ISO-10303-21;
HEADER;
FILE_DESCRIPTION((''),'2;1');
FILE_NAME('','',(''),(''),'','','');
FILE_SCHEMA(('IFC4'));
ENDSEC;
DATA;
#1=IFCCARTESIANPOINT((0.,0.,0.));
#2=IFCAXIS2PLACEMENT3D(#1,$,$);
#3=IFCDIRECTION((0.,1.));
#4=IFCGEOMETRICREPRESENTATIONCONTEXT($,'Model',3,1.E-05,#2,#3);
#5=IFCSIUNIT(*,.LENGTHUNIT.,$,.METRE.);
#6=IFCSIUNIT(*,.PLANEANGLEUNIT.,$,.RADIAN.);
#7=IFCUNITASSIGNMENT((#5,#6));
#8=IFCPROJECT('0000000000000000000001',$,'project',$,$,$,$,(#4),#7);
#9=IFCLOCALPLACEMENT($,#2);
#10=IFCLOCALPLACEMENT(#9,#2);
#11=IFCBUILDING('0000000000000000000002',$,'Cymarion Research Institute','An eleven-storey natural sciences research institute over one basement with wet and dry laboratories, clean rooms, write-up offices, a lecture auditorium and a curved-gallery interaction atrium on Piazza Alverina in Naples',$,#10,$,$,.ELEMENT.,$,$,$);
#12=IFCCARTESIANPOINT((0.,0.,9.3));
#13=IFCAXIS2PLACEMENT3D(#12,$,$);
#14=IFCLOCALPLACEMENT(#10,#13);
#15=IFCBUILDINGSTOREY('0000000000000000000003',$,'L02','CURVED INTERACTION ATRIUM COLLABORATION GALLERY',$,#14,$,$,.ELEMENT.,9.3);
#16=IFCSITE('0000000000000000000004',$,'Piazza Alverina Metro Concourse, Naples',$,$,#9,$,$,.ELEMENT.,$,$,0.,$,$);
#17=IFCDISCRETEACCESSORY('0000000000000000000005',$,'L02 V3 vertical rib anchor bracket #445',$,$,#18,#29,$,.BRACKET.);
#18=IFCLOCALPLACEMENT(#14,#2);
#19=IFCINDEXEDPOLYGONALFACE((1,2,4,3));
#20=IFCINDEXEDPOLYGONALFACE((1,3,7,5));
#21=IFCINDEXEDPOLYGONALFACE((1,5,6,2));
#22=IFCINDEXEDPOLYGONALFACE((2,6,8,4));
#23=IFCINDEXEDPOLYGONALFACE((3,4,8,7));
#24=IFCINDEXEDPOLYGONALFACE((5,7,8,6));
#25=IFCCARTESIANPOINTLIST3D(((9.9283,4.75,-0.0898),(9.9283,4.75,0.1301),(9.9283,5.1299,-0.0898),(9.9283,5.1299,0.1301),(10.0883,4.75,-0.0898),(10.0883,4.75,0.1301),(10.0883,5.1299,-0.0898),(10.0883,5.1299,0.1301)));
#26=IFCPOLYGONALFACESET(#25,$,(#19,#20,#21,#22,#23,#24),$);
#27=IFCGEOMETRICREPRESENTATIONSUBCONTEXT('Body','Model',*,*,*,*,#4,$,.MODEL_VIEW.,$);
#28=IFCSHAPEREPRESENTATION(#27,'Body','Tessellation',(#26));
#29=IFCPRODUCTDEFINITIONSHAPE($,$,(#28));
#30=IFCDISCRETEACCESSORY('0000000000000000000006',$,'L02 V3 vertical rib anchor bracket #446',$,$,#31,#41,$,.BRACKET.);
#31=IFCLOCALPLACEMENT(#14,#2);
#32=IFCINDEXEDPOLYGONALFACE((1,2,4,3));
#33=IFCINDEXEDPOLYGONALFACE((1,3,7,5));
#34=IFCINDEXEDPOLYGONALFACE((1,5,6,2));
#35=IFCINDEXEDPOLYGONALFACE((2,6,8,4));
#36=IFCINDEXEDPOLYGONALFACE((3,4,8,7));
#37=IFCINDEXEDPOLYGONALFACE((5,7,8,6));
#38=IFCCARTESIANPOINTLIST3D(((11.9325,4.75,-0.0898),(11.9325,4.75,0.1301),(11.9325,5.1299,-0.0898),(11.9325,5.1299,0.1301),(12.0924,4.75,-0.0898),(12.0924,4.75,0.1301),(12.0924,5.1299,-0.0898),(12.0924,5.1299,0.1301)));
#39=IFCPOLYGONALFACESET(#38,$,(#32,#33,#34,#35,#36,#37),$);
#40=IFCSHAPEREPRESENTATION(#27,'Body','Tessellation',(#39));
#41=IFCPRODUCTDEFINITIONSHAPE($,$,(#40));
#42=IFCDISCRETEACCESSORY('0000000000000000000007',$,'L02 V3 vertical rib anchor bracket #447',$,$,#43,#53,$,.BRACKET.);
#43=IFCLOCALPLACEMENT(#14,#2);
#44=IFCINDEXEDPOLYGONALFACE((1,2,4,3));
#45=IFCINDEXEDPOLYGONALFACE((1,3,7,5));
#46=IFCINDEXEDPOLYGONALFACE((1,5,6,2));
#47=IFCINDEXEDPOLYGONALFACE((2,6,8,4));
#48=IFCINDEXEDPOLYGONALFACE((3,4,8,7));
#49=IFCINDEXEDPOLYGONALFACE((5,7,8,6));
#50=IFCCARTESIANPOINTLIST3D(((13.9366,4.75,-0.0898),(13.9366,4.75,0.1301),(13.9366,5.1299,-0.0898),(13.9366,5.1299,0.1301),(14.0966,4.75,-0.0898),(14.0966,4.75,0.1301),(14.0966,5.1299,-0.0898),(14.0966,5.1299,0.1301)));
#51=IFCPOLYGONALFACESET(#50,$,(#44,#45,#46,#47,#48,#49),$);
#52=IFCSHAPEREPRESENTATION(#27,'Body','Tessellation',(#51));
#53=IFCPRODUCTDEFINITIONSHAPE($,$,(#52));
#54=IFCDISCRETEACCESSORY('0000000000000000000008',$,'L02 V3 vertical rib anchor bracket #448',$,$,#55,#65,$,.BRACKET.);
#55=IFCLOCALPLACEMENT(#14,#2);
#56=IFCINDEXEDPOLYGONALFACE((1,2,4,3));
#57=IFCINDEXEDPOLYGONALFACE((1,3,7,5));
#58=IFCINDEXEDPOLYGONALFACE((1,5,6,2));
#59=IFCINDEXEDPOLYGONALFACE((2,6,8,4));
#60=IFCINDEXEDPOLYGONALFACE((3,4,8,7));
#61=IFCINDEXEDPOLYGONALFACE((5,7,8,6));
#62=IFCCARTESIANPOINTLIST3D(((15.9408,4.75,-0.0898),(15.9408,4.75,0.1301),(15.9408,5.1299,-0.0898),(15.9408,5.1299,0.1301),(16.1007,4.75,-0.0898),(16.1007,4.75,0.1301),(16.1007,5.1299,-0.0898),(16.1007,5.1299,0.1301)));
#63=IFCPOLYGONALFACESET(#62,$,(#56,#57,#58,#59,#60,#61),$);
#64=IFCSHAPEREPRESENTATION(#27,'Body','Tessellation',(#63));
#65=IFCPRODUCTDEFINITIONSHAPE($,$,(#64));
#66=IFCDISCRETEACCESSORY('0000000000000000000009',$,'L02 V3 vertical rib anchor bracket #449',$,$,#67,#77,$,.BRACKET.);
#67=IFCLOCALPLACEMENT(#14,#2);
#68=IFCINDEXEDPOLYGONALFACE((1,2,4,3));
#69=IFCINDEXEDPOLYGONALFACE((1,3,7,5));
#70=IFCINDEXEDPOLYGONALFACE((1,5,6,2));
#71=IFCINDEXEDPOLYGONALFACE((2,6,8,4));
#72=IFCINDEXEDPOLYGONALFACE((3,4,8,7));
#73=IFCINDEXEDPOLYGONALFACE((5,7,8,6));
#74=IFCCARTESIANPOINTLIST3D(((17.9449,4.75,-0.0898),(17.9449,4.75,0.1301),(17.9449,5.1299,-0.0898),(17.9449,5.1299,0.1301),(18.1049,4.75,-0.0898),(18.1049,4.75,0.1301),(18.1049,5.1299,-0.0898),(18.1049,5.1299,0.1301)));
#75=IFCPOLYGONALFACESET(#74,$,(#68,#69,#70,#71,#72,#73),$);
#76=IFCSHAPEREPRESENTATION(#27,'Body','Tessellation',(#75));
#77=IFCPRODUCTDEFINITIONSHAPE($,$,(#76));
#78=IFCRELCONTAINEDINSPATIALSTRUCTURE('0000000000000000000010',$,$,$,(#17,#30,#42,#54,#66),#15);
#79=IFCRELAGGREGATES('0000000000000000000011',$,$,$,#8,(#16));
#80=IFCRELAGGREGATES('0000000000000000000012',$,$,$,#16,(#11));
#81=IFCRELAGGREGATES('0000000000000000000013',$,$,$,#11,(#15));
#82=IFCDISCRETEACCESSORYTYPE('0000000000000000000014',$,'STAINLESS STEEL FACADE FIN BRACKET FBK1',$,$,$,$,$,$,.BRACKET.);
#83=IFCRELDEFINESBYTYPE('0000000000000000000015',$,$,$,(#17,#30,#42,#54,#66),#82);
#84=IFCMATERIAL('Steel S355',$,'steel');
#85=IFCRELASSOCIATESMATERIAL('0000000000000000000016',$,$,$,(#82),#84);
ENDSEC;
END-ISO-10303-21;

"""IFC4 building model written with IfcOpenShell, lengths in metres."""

from ifc_helpers import new_model, si_unit, direction, frame, origin, origin_2d, place, context, subcontext, project, spatial, rectangle, extrude, material, type_object, element, save


model = new_model("IFC4")

# Units and contexts
model_context = context("Model", 3, precision=1e-05, world=origin(), true_north=direction((0.0, 1.0)))
body_context = subcontext(model_context, "Body", "Model", "MODEL_VIEW")
ifc_project = project(units=[si_unit("LENGTHUNIT", "METRE"), si_unit("PLANEANGLEUNIT", "RADIAN")], contexts=[model_context])

# Site, building, storey
site_placement = place(None, origin())
site = spatial("IfcSite", under=ifc_project, at=site_placement, Name="Piazza Alverina Metro Concourse, Naples", CompositionType="ELEMENT", RefElevation=0.0)
building_placement = place(site_placement, origin())
building = spatial("IfcBuilding", under=site, at=building_placement, Name="Cymarion Research Institute", Description="An eleven-storey natural sciences research institute over one basement with wet and dry laboratories, clean rooms, write-up offices, a lecture auditorium and a curved-gallery interaction atrium on Piazza Alverina in Naples", CompositionType="ELEMENT")
storey_placement = place(building_placement, frame((0.0, 0.0, 9.3)))
storey = spatial("IfcBuildingStorey", under=building, at=storey_placement, Name="L02", Description="CURVED INTERACTION ATRIUM COLLABORATION GALLERY", CompositionType="ELEMENT", Elevation=9.3)

# Shared definitions
ifc_material_1 = material(Name="Steel S355", Category="steel")

# Discrete accessories
discrete_accessory_type = type_object("IfcDiscreteAccessoryType", Name="STAINLESS STEEL FACADE FIN BRACKET FBK1", PredefinedType="BRACKET", material=ifc_material_1)
for number, where, z_axis, x_axis, name in (
    (1, (10.0083, 4.9399, -0.0898), (0.0, 0.0, 1.0), (0.0, -1.0, 0.0), "L02 V3 vertical rib anchor bracket #445"),
    (2, (12.0125, 4.9399, -0.0898), (0.0, 0.0, 1.0), (0.0, -1.0, 0.0), "L02 V3 vertical rib anchor bracket #446"),
    (3, (14.0166, 4.9399, -0.0898), (0.0, 0.0, 1.0), (0.0, -1.0, 0.0), "L02 V3 vertical rib anchor bracket #447"),
    (4, (16.0208, 4.9399, -0.0898), (0.0, 0.0, 1.0), (0.0, -1.0, 0.0), "L02 V3 vertical rib anchor bracket #448"),
    (5, (18.0249, 4.9399, -0.0898), (0.0, 0.0, 1.0), (0.0, -1.0, 0.0), "L02 V3 vertical rib anchor bracket #449"),
):
    element("IfcDiscreteAccessory", number, at=place(storey_placement, frame(where, z_axis=z_axis, x_axis=x_axis)), inside=storey, type_object=discrete_accessory_type, Name=name, PredefinedType="BRACKET", context=body_context, shape_type="SweptSolid", body=[
        extrude(rectangle(XDim=0.3799, YDim=0.1599, at=origin_2d()), origin(), (0.0, 0.0, 1.0), 0.22),
    ])

save(model, "model.ifc")
